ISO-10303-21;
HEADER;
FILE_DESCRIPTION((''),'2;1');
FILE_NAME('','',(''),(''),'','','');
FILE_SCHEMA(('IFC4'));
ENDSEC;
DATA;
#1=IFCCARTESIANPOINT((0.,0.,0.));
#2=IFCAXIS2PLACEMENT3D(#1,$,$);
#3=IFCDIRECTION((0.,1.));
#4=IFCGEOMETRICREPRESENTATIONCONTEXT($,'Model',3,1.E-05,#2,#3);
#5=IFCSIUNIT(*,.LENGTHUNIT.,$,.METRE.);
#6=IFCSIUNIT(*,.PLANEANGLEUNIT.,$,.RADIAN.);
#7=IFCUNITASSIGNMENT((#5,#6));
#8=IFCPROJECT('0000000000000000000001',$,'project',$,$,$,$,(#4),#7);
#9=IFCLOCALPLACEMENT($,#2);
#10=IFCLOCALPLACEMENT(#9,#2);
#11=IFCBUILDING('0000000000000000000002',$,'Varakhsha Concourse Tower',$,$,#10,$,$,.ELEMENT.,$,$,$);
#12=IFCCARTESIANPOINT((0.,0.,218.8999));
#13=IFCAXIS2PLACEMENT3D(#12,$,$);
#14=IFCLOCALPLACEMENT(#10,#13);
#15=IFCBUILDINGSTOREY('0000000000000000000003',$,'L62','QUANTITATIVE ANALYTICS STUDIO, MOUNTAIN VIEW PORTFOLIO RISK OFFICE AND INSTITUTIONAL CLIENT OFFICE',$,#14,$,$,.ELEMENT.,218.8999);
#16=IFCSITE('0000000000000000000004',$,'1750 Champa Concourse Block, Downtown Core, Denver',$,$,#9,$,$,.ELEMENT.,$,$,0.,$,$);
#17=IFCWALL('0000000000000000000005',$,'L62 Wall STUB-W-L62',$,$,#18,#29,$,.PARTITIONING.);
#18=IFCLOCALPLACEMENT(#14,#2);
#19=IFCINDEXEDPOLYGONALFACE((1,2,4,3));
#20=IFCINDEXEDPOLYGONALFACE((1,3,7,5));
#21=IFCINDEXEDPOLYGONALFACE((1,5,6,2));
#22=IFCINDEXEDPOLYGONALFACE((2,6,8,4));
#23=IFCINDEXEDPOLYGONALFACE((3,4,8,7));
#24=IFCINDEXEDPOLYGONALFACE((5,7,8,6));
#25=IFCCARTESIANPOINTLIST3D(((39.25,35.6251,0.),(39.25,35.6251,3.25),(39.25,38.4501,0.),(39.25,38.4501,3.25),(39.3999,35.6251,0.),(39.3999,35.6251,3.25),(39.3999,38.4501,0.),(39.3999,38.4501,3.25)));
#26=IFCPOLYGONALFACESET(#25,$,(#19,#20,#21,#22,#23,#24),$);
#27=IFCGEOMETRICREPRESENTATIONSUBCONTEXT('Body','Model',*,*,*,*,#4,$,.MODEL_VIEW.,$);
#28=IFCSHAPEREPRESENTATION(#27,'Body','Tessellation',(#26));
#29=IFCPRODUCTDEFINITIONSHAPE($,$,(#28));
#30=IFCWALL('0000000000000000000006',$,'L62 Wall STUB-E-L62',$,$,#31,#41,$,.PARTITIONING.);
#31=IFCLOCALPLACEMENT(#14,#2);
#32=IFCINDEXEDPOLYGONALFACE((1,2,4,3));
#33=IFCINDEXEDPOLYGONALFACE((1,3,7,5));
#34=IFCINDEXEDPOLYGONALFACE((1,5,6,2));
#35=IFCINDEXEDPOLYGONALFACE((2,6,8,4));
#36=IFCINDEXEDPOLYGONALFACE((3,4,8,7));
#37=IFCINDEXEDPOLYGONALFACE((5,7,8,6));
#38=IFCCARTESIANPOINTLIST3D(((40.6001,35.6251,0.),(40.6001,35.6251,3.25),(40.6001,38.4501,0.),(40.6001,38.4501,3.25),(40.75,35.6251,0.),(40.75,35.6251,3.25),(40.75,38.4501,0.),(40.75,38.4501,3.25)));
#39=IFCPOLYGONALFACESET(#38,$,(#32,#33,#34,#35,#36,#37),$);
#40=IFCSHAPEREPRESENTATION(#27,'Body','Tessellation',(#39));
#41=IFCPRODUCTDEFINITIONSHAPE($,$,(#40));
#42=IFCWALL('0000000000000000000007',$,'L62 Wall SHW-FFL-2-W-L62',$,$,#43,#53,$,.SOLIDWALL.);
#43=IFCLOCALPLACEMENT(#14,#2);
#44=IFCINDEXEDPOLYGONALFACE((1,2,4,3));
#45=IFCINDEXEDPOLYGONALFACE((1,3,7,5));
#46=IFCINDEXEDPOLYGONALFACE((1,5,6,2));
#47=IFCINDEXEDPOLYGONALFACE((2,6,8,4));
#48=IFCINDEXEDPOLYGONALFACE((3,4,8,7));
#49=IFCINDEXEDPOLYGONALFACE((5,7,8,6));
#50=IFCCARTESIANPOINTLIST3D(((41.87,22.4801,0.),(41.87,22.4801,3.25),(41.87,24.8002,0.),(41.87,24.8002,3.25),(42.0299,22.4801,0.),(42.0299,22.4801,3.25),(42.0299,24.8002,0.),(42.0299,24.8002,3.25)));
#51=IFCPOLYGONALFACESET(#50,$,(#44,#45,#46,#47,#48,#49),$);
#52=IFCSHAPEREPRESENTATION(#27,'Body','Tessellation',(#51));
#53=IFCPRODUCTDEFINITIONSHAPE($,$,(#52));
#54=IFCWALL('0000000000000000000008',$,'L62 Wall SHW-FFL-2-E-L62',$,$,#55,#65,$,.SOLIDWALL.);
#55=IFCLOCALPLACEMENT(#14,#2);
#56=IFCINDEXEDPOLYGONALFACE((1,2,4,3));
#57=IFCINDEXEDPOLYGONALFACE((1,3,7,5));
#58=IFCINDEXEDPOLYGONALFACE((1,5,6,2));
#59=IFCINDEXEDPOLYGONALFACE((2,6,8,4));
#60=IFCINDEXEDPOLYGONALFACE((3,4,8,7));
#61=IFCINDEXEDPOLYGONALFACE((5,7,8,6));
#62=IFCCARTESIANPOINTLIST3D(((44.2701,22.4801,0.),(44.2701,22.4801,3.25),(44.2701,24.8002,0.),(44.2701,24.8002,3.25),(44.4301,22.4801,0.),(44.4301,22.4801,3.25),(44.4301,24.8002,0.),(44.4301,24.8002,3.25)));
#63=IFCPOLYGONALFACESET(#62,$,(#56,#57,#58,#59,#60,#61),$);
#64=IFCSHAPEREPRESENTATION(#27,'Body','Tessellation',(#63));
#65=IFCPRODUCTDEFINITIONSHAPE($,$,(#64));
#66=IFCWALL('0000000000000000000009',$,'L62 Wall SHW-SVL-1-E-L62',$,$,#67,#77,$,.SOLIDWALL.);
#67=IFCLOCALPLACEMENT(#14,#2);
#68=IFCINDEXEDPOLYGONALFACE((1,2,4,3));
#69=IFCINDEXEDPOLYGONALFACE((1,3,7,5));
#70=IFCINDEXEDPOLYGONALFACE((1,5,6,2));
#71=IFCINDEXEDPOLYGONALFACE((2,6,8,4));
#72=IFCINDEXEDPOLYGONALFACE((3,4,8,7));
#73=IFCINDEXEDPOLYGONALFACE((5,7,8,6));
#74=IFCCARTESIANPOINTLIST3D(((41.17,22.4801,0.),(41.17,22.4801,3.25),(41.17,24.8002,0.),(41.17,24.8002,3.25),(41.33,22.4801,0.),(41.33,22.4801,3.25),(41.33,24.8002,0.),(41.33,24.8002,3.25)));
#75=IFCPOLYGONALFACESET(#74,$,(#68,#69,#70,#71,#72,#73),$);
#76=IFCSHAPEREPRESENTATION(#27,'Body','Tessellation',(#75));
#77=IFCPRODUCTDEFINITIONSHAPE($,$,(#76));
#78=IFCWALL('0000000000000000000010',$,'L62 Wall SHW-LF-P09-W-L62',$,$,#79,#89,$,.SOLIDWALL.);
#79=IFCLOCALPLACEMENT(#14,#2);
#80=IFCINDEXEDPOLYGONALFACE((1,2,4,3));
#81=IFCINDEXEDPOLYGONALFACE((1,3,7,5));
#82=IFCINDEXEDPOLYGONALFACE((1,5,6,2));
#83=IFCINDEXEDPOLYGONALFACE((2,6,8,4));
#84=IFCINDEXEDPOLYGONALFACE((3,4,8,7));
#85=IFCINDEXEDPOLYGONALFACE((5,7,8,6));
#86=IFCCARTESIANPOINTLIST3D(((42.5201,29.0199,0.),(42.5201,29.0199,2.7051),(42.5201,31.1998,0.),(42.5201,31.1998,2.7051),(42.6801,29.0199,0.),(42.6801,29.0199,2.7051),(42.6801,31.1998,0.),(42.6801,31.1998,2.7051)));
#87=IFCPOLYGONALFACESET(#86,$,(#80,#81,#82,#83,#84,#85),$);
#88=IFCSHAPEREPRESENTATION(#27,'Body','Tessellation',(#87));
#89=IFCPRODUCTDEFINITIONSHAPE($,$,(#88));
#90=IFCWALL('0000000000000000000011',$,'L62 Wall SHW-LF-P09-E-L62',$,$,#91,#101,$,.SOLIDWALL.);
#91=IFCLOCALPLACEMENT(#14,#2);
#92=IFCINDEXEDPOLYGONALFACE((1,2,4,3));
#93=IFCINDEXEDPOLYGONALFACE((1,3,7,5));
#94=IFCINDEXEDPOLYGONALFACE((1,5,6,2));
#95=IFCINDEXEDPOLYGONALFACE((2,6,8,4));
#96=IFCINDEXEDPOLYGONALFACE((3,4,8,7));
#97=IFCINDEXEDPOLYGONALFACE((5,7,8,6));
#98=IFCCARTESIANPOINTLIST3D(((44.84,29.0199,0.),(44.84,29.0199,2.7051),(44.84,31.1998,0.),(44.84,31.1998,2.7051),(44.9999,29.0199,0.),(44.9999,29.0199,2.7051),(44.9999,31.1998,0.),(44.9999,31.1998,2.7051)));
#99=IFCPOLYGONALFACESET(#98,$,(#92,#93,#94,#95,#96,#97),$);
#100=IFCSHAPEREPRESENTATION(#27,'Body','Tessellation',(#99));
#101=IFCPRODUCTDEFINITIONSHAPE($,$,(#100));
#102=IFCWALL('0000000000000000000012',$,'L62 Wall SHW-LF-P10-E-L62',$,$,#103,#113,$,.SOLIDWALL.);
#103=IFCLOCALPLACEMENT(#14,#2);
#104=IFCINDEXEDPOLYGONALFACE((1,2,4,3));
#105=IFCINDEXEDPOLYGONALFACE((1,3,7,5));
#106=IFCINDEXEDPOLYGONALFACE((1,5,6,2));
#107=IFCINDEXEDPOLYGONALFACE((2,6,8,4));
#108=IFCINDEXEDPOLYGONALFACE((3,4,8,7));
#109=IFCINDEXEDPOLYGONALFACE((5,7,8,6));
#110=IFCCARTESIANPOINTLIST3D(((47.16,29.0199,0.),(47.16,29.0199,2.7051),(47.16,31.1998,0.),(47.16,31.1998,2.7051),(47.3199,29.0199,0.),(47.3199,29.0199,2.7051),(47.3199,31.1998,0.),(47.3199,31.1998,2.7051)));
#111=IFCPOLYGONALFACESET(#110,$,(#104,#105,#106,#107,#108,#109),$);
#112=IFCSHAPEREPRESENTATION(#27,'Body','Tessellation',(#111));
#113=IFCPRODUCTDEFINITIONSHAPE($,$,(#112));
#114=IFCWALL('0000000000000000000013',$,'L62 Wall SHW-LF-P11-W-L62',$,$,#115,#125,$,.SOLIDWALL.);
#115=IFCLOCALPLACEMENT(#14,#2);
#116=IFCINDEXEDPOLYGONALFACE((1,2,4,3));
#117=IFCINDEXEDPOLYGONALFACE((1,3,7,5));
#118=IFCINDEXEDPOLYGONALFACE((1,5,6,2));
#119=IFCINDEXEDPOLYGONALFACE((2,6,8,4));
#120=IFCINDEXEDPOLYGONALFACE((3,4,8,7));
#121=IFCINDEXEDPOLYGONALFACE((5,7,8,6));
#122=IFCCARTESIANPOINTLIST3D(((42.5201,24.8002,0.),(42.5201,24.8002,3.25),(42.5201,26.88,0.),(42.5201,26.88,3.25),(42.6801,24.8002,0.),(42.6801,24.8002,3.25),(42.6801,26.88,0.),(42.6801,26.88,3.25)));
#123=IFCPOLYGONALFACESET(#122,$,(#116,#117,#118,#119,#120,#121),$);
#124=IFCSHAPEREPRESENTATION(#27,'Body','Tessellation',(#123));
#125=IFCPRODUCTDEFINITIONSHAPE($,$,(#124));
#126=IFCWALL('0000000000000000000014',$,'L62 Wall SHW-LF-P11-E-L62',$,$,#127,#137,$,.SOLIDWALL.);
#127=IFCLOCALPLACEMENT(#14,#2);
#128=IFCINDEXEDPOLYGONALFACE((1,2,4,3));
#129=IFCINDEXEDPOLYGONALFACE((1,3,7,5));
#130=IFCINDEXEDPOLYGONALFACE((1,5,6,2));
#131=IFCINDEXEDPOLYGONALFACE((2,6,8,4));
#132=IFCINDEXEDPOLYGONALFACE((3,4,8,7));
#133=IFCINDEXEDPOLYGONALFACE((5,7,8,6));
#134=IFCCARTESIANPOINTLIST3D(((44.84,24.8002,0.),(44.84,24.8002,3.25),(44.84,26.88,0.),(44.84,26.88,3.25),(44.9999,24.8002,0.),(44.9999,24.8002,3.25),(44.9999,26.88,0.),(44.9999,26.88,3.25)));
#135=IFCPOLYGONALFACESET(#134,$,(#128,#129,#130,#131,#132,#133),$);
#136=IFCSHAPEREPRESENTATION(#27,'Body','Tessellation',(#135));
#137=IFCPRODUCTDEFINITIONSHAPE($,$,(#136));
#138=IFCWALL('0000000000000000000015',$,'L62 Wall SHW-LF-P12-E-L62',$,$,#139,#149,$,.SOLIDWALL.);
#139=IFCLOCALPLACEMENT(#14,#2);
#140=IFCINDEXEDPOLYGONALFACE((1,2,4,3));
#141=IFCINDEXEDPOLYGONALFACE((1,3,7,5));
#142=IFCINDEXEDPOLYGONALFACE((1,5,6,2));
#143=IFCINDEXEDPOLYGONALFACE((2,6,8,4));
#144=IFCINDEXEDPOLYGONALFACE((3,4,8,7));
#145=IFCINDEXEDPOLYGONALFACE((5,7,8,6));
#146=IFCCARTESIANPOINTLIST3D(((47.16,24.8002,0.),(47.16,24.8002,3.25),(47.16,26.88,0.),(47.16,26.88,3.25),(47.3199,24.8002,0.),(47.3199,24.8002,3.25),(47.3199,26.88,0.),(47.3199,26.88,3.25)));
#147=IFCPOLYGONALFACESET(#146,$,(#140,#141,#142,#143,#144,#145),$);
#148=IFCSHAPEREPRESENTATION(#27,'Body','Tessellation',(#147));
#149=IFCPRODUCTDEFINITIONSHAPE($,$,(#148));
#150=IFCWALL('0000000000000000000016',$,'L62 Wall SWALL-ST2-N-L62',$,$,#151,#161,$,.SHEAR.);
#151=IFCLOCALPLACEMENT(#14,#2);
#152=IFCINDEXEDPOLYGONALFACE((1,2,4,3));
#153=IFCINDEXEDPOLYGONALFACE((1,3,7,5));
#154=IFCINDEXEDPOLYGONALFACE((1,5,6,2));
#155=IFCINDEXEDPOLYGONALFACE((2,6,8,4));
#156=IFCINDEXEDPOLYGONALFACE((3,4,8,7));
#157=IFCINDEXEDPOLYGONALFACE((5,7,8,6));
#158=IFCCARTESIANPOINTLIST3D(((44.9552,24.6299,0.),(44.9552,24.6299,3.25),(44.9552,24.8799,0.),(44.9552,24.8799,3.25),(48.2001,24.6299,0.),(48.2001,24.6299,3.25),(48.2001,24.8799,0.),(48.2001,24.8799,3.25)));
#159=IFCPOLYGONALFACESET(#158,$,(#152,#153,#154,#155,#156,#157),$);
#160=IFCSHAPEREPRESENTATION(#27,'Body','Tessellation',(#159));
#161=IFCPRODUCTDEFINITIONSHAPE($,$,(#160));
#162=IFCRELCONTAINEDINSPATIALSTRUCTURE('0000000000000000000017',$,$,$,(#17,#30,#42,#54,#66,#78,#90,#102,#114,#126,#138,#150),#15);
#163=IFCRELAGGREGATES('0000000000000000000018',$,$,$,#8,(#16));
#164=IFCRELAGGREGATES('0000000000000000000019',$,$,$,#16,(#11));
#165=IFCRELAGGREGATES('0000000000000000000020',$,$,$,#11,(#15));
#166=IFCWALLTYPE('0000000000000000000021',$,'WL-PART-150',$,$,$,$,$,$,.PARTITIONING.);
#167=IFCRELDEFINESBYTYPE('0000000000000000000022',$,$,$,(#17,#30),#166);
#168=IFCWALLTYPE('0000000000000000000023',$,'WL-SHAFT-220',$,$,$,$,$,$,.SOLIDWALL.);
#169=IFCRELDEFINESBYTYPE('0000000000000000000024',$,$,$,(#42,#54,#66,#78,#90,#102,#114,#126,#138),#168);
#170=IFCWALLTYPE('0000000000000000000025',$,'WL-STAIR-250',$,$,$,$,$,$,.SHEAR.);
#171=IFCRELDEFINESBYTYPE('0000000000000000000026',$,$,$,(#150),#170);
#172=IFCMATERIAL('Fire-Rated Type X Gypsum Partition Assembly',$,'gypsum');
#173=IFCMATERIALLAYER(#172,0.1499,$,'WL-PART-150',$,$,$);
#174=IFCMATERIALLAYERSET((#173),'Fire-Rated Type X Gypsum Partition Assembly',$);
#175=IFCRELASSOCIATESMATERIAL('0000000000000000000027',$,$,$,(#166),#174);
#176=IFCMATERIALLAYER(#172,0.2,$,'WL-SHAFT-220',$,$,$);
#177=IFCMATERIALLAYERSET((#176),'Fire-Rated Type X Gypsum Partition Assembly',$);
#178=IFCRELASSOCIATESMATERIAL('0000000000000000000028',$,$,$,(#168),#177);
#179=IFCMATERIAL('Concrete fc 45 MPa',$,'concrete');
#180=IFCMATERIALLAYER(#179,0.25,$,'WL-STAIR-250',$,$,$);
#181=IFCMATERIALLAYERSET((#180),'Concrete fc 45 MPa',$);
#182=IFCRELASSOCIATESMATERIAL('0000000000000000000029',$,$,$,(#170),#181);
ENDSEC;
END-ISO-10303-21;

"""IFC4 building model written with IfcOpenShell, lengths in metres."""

from ifc_helpers import new_model, si_unit, direction, frame, frame_2d, origin, place, context, subcontext, project, spatial, rectangle, extrude, material, layer, layer_set, type_object, element, save


model = new_model("IFC4")

# Units and contexts
model_context = context("Model", 3, precision=1e-05, world=origin(), true_north=direction((0.0, 1.0)))
body_context = subcontext(model_context, "Body", "Model", "MODEL_VIEW")
ifc_project = project(units=[si_unit("LENGTHUNIT", "METRE"), si_unit("PLANEANGLEUNIT", "RADIAN")], contexts=[model_context])

# Site, building, storey
site_placement = place(None, origin())
site = spatial("IfcSite", under=ifc_project, at=site_placement, Name="1750 Champa Concourse Block, Downtown Core, Denver", CompositionType="ELEMENT", RefElevation=0.0)
building_placement = place(site_placement, origin())
building = spatial("IfcBuilding", under=site, at=building_placement, Name="Varakhsha Concourse Tower", CompositionType="ELEMENT")
storey_placement = place(building_placement, frame((0.0, 0.0, 218.8999)))
storey = spatial("IfcBuildingStorey", under=building, at=storey_placement, Name="L62", Description="QUANTITATIVE ANALYTICS STUDIO, MOUNTAIN VIEW PORTFOLIO RISK OFFICE AND INSTITUTIONAL CLIENT OFFICE", CompositionType="ELEMENT", Elevation=218.8999)

# Shared definitions
ifc_material_1 = material(Name="Fire-Rated Type X Gypsum Partition Assembly", Category="gypsum")
ifc_layer_1 = layer(ifc_material_1, 0.1499, Name="WL-PART-150")
ifc_layer_set_1 = layer_set([ifc_layer_1], Name="Fire-Rated Type X Gypsum Partition Assembly")
wall_type_1 = type_object("IfcWallType", Name="WL-PART-150", PredefinedType="PARTITIONING", material=ifc_layer_set_1)

# Walls
for number, where, z_axis, x_axis, name in (
    (1, (39.325, 35.625, 0.0), (0.0, 0.0, 1.0), (0.0, 1.0, 0.0), "L62 Wall STUB-W-L62"),
    (2, (40.675, 35.625, 0.0), (0.0, 0.0, 1.0), (0.0, 1.0, 0.0), "L62 Wall STUB-E-L62"),
):
    element("IfcWall", number, at=place(storey_placement, frame(where, z_axis=z_axis, x_axis=x_axis)), inside=storey, type_object=wall_type_1, Name=name, PredefinedType="PARTITIONING", context=body_context, shape_type="SweptSolid", body=[
        extrude(rectangle(XDim=2.825, YDim=0.1499, at=frame_2d((1.4126, 0.0))), origin(), (0.0, 0.0, 1.0), 3.25),
    ])
ifc_layer_2 = layer(ifc_material_1, 0.2, Name="WL-SHAFT-220")
ifc_layer_set_2 = layer_set([ifc_layer_2], Name="Fire-Rated Type X Gypsum Partition Assembly")
wall_type_2 = type_object("IfcWallType", Name="WL-SHAFT-220", PredefinedType="SOLIDWALL", material=ifc_layer_set_2)
for number, where, z_axis, x_axis, name in (
    (3, (41.95, 22.48, 0.0), (0.0, 0.0, 1.0), (0.0, 1.0, 0.0), "L62 Wall SHW-FFL-2-W-L62"),
    (4, (44.3501, 22.48, 0.0), (0.0, 0.0, 1.0), (0.0, 1.0, 0.0), "L62 Wall SHW-FFL-2-E-L62"),
    (5, (41.25, 22.48, 0.0), (0.0, 0.0, 1.0), (0.0, 1.0, 0.0), "L62 Wall SHW-SVL-1-E-L62"),
):
    element("IfcWall", number, at=place(storey_placement, frame(where, z_axis=z_axis, x_axis=x_axis)), inside=storey, type_object=wall_type_2, Name=name, PredefinedType="SOLIDWALL", context=body_context, shape_type="SweptSolid", body=[
        extrude(rectangle(XDim=2.3201, YDim=0.1599, at=frame_2d((1.1602, 0.0))), origin(), (0.0, 0.0, 1.0), 3.25),
    ])
for number, where, z_axis, x_axis, name in (
    (6, (42.6001, 29.02, 0.0), (0.0, 0.0, 1.0), (0.0, 1.0, 0.0), "L62 Wall SHW-LF-P09-W-L62"),
    (7, (44.9199, 29.02, 0.0), (0.0, 0.0, 1.0), (0.0, 1.0, 0.0), "L62 Wall SHW-LF-P09-E-L62"),
    (8, (47.24, 29.02, 0.0), (0.0, 0.0, 1.0), (0.0, 1.0, 0.0), "L62 Wall SHW-LF-P10-E-L62"),
):
    element("IfcWall", number, at=place(storey_placement, frame(where, z_axis=z_axis, x_axis=x_axis)), inside=storey, type_object=wall_type_2, Name=name, PredefinedType="SOLIDWALL", context=body_context, shape_type="SweptSolid", body=[
        extrude(rectangle(XDim=2.1799, YDim=0.1599, at=frame_2d((1.0898, 0.0))), origin(), (0.0, 0.0, 1.0), 2.7051),
    ])
for number, where, z_axis, x_axis, name in (
    (9, (42.6001, 24.8, 0.0), (0.0, 0.0, 1.0), (0.0, 1.0, 0.0), "L62 Wall SHW-LF-P11-W-L62"),
    (10, (44.9199, 24.8, 0.0), (0.0, 0.0, 1.0), (0.0, 1.0, 0.0), "L62 Wall SHW-LF-P11-E-L62"),
    (11, (47.24, 24.8, 0.0), (0.0, 0.0, 1.0), (0.0, 1.0, 0.0), "L62 Wall SHW-LF-P12-E-L62"),
):
    element("IfcWall", number, at=place(storey_placement, frame(where, z_axis=z_axis, x_axis=x_axis)), inside=storey, type_object=wall_type_2, Name=name, PredefinedType="SOLIDWALL", context=body_context, shape_type="SweptSolid", body=[
        extrude(rectangle(XDim=2.0798, YDim=0.1599, at=frame_2d((1.04, 0.0))), origin(), (0.0, 0.0, 1.0), 3.25),
    ])
ifc_material_2 = material(Name="Concrete fc 45 MPa", Category="concrete")
ifc_layer_3 = layer(ifc_material_2, 0.25, Name="WL-STAIR-250")
ifc_layer_set_3 = layer_set([ifc_layer_3], Name="Concrete fc 45 MPa")
wall_type_3 = type_object("IfcWallType", Name="WL-STAIR-250", PredefinedType="SHEAR", material=ifc_layer_set_3)
wall_1_placement = place(storey_placement, frame((44.9551, 24.7549, 0.0), z_axis=(0.0, 0.0, 1.0), x_axis=(1.0, 0.0, 0.0)))
element("IfcWall", 12, at=wall_1_placement, inside=storey, type_object=wall_type_3, Name="L62 Wall SWALL-ST2-N-L62", PredefinedType="SHEAR", context=body_context, shape_type="SweptSolid", body=[
    extrude(rectangle(XDim=3.2449, YDim=0.25, at=frame_2d((1.6226, 0.0))), origin(), (0.0, 0.0, 1.0), 3.25),
])

save(model, "model.ifc")
